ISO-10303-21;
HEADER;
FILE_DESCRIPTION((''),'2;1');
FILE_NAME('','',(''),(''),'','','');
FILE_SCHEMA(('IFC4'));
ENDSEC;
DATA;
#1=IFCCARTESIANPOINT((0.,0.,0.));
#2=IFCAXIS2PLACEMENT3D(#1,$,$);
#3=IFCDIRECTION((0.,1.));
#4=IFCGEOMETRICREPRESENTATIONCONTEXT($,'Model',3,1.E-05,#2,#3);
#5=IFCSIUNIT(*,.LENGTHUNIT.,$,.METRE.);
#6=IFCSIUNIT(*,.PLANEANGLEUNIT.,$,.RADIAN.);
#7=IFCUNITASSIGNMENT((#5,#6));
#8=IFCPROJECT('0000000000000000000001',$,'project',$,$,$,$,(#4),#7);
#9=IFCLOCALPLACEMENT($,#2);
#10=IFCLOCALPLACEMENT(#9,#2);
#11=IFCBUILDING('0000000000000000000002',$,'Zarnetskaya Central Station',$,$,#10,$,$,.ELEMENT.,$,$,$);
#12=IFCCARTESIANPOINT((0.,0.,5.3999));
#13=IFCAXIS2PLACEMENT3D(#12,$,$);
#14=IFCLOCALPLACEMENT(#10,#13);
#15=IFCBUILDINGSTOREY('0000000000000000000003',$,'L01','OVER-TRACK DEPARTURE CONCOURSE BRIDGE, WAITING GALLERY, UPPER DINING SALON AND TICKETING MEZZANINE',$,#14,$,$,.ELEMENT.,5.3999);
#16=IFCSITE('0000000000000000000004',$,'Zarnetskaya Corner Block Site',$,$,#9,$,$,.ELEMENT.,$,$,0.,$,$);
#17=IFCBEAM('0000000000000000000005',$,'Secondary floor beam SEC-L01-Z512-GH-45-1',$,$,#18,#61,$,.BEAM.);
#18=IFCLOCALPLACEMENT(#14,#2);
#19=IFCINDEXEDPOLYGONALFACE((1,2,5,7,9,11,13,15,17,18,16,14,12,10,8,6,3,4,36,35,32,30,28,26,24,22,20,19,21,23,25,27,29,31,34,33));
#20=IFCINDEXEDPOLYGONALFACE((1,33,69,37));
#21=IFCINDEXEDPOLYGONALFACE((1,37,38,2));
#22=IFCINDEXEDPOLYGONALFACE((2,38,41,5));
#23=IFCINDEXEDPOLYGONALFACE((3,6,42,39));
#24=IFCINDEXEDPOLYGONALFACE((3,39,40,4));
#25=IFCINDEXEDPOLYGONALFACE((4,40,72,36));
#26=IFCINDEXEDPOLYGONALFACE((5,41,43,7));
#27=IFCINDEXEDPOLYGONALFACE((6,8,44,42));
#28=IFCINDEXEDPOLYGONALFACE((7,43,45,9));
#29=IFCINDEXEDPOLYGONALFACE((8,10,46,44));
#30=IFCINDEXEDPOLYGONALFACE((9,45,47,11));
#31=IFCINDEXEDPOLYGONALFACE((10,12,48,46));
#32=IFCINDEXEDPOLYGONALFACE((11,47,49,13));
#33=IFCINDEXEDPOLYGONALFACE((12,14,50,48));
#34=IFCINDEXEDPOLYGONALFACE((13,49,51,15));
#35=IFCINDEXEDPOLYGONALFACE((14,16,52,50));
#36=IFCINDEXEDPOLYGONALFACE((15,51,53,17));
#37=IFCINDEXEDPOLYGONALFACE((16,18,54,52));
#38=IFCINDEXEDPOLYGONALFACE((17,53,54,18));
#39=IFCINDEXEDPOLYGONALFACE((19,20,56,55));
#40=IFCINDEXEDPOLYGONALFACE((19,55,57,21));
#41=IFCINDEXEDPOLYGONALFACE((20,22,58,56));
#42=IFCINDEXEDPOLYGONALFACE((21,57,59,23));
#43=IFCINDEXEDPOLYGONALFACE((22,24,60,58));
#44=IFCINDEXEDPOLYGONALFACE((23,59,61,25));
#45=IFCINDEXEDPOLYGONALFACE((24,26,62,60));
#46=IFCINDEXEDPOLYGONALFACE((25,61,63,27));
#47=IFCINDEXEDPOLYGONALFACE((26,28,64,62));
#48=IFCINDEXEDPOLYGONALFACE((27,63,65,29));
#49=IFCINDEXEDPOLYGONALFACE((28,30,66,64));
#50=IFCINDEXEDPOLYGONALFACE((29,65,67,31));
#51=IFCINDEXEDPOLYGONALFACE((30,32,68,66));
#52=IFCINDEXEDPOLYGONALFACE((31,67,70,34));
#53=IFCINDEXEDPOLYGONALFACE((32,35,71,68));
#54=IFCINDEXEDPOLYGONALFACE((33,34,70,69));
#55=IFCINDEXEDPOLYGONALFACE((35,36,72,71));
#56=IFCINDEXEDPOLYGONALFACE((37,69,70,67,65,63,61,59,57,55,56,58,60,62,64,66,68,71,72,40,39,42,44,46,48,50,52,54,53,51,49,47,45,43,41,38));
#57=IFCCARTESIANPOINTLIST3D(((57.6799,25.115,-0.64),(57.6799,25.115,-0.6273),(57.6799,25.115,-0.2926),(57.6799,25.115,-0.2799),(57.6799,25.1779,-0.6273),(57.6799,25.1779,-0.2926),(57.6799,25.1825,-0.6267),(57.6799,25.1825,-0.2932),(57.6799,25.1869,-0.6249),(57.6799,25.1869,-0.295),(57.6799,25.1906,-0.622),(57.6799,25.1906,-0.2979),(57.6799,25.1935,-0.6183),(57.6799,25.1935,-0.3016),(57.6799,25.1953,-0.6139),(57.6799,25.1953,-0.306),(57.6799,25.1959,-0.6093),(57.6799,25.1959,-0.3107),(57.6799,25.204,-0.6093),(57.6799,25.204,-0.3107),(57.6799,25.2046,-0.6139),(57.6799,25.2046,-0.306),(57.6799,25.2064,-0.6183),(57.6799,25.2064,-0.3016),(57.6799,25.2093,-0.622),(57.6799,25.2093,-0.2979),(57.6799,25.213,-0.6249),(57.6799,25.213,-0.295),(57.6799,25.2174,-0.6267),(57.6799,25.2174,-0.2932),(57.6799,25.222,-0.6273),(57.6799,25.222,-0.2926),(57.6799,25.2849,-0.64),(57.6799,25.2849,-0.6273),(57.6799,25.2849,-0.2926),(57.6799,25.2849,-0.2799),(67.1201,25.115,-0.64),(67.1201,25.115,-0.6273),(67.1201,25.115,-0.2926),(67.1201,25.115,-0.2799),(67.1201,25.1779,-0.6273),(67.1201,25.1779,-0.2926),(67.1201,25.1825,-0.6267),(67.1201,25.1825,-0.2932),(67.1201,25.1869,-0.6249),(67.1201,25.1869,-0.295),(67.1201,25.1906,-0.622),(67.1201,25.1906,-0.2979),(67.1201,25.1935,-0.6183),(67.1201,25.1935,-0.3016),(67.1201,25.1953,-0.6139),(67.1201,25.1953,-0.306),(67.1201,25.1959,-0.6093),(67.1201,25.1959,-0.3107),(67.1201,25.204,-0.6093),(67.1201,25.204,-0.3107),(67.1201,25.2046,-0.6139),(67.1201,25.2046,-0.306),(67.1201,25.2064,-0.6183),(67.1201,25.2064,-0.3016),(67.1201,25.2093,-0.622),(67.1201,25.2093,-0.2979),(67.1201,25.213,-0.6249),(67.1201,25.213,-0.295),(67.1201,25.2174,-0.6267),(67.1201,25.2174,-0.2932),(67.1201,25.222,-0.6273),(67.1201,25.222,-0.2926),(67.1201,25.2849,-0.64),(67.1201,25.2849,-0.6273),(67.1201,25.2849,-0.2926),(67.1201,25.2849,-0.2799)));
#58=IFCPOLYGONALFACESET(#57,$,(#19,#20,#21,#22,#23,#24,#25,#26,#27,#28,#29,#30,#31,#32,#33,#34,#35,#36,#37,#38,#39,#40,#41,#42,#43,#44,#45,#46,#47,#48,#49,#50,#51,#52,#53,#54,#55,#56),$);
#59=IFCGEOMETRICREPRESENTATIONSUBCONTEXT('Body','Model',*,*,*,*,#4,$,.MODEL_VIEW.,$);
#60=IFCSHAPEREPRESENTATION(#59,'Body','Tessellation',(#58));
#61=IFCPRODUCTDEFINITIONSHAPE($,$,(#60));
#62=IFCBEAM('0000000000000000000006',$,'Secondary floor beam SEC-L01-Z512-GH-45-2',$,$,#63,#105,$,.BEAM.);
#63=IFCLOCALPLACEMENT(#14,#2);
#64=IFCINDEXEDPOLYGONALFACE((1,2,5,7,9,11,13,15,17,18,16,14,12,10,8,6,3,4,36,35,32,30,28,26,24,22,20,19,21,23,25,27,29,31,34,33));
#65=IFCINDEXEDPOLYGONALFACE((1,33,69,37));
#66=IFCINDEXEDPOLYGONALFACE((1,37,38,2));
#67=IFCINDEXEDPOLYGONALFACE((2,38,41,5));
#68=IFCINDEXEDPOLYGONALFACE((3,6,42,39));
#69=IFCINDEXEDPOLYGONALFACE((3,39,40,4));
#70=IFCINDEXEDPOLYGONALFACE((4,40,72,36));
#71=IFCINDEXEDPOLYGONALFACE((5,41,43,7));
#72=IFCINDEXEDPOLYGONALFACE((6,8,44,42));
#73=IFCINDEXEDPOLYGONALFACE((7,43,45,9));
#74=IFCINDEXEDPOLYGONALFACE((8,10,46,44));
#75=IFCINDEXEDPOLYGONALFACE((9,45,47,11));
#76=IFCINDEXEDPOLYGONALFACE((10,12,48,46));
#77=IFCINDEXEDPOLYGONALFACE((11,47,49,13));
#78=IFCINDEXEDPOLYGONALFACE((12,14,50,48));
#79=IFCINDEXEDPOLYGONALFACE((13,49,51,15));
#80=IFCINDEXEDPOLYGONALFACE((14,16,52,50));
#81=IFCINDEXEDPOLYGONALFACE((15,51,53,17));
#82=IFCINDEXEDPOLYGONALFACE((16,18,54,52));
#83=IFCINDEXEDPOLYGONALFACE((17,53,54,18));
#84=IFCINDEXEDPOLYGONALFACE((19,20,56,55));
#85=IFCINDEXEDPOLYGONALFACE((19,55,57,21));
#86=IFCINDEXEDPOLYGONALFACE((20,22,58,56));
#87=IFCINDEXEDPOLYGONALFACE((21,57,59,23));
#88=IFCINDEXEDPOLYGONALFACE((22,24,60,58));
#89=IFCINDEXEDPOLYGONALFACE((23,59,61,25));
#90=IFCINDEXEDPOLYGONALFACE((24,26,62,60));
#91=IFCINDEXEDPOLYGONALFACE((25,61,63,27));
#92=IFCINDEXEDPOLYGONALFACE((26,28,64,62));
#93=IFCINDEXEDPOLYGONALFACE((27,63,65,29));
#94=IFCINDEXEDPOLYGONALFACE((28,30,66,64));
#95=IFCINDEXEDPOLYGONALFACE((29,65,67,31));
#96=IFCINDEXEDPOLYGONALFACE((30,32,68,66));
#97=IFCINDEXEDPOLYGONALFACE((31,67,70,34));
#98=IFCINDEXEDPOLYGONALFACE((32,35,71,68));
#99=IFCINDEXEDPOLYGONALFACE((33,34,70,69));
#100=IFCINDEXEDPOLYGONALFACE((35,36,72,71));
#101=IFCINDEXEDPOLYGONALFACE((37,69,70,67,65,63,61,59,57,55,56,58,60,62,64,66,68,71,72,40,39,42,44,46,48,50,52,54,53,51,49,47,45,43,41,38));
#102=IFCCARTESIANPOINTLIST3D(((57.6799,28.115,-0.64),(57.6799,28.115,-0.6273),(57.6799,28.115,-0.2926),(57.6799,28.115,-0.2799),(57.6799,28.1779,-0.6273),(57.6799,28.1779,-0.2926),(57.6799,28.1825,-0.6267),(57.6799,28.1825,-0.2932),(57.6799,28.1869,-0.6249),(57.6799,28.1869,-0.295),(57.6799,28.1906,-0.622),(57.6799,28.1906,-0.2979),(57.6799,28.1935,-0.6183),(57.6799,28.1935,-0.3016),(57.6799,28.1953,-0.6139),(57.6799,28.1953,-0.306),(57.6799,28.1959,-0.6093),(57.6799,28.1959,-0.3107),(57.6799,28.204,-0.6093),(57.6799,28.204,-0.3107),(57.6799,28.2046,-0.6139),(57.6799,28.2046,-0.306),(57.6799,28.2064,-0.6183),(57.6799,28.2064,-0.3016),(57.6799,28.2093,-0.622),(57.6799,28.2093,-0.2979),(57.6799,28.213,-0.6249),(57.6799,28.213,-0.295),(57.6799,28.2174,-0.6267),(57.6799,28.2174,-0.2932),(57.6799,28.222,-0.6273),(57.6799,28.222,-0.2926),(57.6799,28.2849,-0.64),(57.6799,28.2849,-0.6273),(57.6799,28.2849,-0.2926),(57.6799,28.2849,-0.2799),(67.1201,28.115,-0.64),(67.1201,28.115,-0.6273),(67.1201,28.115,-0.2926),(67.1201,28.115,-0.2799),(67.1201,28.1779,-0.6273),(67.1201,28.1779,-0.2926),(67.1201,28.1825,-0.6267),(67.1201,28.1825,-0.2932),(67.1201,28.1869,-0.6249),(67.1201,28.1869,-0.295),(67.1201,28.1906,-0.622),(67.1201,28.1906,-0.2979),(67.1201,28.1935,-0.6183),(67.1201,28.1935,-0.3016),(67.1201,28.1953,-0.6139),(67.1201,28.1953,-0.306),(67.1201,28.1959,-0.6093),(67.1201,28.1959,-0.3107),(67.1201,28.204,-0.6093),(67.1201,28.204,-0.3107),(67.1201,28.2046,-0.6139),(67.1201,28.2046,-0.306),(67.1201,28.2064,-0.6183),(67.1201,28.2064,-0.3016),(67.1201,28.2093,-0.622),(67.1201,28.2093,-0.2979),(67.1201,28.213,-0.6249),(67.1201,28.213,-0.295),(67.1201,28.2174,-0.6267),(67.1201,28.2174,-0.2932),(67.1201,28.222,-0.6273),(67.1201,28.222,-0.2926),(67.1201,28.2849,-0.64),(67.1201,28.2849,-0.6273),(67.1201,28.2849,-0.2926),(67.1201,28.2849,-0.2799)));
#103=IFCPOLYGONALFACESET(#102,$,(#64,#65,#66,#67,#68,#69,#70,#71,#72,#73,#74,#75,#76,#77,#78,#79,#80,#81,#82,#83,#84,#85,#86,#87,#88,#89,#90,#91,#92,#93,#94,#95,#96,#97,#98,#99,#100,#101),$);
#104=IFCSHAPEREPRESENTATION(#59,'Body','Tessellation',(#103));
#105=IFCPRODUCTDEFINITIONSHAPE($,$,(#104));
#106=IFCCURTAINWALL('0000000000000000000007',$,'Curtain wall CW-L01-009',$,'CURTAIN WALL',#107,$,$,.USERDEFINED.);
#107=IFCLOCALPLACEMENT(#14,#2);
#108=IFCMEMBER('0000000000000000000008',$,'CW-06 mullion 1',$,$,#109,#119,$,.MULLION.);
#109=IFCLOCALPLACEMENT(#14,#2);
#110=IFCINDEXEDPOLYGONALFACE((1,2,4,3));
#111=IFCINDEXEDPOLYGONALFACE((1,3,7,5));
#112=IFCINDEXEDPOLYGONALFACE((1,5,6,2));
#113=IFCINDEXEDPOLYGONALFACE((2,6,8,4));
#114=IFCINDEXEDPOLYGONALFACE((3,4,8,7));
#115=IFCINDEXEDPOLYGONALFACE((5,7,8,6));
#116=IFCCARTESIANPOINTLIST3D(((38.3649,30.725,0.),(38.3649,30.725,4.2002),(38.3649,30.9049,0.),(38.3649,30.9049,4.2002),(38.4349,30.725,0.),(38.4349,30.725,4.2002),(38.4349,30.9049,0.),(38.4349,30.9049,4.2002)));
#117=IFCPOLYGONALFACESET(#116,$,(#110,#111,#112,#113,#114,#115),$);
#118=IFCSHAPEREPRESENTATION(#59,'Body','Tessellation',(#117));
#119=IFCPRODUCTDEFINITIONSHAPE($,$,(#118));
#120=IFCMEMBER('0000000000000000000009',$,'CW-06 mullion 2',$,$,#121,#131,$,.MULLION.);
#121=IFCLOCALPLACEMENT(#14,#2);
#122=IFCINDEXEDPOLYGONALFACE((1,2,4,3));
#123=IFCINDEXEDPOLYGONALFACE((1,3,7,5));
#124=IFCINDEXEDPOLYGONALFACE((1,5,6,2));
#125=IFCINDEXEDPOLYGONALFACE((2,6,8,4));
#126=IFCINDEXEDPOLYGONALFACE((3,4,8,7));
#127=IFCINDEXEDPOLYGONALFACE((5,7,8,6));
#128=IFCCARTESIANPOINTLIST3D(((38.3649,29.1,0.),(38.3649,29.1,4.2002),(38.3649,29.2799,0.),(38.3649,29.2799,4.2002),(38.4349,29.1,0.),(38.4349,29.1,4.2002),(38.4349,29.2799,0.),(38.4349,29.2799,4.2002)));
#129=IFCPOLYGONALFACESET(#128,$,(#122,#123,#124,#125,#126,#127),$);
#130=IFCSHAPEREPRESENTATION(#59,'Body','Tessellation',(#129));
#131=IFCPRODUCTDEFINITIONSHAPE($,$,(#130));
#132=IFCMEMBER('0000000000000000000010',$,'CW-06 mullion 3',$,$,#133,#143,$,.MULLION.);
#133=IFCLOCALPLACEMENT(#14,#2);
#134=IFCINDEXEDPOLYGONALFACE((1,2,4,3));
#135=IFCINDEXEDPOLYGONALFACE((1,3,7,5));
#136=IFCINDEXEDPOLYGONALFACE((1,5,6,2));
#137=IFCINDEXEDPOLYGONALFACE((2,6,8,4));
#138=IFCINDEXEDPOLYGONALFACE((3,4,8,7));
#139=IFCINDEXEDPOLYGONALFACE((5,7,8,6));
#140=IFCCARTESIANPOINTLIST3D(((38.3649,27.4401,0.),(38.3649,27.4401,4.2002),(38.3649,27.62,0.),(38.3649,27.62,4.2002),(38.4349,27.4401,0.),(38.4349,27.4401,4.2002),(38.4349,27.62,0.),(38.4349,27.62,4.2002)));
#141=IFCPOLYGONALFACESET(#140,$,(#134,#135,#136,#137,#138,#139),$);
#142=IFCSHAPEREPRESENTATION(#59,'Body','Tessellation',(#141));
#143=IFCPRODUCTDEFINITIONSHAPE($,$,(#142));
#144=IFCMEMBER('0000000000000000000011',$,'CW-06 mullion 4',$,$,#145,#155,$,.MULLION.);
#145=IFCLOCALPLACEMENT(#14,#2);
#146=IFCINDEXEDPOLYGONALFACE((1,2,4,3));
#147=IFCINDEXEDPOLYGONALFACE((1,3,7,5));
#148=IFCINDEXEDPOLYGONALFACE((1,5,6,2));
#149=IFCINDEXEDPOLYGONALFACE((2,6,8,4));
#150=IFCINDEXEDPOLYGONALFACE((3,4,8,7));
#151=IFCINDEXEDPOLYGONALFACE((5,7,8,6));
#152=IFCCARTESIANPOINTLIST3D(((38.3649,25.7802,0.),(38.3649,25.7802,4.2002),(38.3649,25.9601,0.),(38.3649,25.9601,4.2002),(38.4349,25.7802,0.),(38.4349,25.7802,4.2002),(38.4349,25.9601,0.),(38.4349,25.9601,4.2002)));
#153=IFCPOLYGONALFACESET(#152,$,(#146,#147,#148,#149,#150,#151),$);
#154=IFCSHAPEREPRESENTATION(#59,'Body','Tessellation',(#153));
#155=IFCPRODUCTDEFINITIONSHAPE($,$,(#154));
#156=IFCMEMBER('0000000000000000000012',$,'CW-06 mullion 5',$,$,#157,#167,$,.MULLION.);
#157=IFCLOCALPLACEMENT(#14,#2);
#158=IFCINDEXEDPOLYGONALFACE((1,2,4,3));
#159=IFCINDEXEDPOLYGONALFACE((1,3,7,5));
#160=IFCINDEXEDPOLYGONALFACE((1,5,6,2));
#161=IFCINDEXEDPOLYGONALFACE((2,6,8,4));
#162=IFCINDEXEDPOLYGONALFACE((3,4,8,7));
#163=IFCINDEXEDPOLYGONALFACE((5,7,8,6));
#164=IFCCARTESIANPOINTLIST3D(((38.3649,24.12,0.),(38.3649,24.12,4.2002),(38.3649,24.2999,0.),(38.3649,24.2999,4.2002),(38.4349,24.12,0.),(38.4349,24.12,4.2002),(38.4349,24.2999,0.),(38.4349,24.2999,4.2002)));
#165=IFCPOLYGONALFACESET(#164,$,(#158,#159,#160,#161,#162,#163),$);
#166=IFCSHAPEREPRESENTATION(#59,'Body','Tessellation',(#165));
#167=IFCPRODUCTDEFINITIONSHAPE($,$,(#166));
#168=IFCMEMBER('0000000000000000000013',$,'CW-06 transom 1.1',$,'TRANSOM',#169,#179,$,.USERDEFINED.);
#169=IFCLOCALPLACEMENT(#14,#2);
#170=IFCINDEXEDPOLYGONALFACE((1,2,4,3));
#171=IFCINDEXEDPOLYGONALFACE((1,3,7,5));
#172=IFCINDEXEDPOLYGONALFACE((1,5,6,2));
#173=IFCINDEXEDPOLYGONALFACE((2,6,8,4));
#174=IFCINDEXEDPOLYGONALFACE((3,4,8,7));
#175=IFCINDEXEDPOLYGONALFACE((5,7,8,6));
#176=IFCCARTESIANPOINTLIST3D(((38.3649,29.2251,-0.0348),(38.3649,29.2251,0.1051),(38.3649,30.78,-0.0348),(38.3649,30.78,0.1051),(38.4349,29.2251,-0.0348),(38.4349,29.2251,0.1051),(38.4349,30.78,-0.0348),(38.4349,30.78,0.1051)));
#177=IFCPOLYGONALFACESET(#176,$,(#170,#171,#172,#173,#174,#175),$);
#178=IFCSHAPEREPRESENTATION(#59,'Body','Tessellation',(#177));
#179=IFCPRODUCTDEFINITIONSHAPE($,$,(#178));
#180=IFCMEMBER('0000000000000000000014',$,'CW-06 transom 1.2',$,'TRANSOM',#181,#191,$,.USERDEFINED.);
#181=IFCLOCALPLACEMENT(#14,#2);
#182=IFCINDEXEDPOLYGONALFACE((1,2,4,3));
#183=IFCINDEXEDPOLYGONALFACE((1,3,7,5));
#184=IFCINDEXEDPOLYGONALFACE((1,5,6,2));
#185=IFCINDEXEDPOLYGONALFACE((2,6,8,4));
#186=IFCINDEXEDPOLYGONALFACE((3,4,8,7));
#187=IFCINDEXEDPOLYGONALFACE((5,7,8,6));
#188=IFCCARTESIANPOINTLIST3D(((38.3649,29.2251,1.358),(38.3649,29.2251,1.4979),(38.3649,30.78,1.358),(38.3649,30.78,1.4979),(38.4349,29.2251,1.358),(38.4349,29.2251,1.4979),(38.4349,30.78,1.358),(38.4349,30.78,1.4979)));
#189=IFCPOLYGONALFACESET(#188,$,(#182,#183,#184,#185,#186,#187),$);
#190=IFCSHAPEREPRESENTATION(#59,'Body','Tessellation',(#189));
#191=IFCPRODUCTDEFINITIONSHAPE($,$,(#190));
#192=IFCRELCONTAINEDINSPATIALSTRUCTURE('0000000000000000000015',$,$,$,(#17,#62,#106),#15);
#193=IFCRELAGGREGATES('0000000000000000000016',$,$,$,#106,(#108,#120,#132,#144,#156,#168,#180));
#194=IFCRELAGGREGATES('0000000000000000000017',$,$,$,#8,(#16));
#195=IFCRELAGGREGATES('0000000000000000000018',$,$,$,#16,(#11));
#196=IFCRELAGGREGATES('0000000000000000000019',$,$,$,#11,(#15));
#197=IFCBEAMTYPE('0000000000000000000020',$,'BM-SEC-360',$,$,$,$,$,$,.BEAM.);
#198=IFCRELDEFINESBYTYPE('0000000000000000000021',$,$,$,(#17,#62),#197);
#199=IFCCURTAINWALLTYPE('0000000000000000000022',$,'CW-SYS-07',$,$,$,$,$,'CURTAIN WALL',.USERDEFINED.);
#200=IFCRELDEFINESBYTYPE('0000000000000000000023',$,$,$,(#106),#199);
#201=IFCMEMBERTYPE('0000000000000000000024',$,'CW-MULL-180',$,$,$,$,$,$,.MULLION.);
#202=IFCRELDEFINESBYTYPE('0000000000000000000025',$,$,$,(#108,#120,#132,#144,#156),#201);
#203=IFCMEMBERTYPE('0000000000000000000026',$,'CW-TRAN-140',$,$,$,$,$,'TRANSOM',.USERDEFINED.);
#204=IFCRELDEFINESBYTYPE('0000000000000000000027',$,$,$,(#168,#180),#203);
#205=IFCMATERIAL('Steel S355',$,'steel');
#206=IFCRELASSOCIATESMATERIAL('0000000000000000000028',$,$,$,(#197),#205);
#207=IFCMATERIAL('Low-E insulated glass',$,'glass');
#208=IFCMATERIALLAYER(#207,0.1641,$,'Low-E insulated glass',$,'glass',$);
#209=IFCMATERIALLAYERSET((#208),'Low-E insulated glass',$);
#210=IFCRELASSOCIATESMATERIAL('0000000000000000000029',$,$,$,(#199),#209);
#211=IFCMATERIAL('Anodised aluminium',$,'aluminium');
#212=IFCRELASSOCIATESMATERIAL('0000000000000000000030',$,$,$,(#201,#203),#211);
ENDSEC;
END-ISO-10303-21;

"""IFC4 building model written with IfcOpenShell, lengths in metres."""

from ifc_helpers import new_model, si_unit, direction, frame, origin, origin_2d, place, context, subcontext, project, spatial, rectangle, i_section, extrude, material, layer, layer_set, material_profile, profile_set, type_object, element, aggregate, save


model = new_model("IFC4")

# Units and contexts
model_context = context("Model", 3, precision=1e-05, world=origin(), true_north=direction((0.0, 1.0)))
body_context = subcontext(model_context, "Body", "Model", "MODEL_VIEW")
ifc_project = project(units=[si_unit("LENGTHUNIT", "METRE"), si_unit("PLANEANGLEUNIT", "RADIAN")], contexts=[model_context])

# Site, building, storey
site_placement = place(None, origin())
site = spatial("IfcSite", under=ifc_project, at=site_placement, Name="Zarnetskaya Corner Block Site", CompositionType="ELEMENT", RefElevation=0.0)
building_placement = place(site_placement, origin())
building = spatial("IfcBuilding", under=site, at=building_placement, Name="Zarnetskaya Central Station", CompositionType="ELEMENT")
storey_placement = place(building_placement, frame((0.0, 0.0, 5.3999)))
storey = spatial("IfcBuildingStorey", under=building, at=storey_placement, Name="L01", Description="OVER-TRACK DEPARTURE CONCOURSE BRIDGE, WAITING GALLERY, UPPER DINING SALON AND TICKETING MEZZANINE", CompositionType="ELEMENT", Elevation=5.3999)

# Beams
ifc_material_1 = material(Name="Steel S355", Category="steel")
ifc_material_profile_1 = material_profile(ifc_material_1, i_section(OverallWidth=0.1699, OverallDepth=0.3601, WebThickness=0.0081, FlangeThickness=0.0127, FilletRadius=0.0181, at=origin_2d()), Name="IPE 360")
ifc_profile_set_1 = profile_set([ifc_material_profile_1], Name="Steel S355")
beam_type = type_object("IfcBeamType", Name="BM-SEC-360", PredefinedType="BEAM", material=ifc_profile_set_1)
for number, where, z_axis, x_axis, name in (
    (1, (57.6799, 25.2, -0.46), (1.0, 0.0, 0.0), (0.0, 1.0, 0.0), "Secondary floor beam SEC-L01-Z512-GH-45-1"),
    (2, (57.6799, 28.2, -0.46), (1.0, 0.0, 0.0), (0.0, 1.0, 0.0), "Secondary floor beam SEC-L01-Z512-GH-45-2"),
):
    element("IfcBeam", number, at=place(storey_placement, frame(where, z_axis=z_axis, x_axis=x_axis)), inside=storey, type_object=beam_type, Name=name, PredefinedType="BEAM", context=body_context, shape_type="SweptSolid", body=[
        extrude(i_section(OverallWidth=0.1699, OverallDepth=0.3601, WebThickness=0.0081, FlangeThickness=0.0127, FilletRadius=0.0181, at=origin_2d()), origin(), (0.0, 0.0, 1.0), 9.4402),
    ])

# Curtain wall, members
ifc_material_2 = material(Name="Low-E insulated glass", Category="glass")
ifc_layer_1 = layer(ifc_material_2, 0.1641, Name="Low-E insulated glass", Category="glass")
ifc_layer_set_1 = layer_set([ifc_layer_1], Name="Low-E insulated glass")
curtain_wall_type = type_object("IfcCurtainWallType", Name="CW-SYS-07", ElementType="CURTAIN WALL", PredefinedType="USERDEFINED", material=ifc_layer_set_1)
curtain_wall_placement = place(storey_placement, origin())
curtain_wall = element("IfcCurtainWall", 3, at=curtain_wall_placement, inside=storey, type_object=curtain_wall_type, Name="Curtain wall CW-L01-009", ObjectType="CURTAIN WALL", PredefinedType="USERDEFINED")
ifc_material_3 = material(Name="Anodised aluminium", Category="aluminium")
ifc_material_profile_2 = material_profile(ifc_material_3, rectangle(XDim=0.0701, YDim=0.1799, at=origin_2d()), Name="ALU MULL 70x180")
ifc_profile_set_2 = profile_set([ifc_material_profile_2], Name="Anodised aluminium")
member_type_1 = type_object("IfcMemberType", Name="CW-MULL-180", PredefinedType="MULLION", material=ifc_profile_set_2)
member_1_placement = place(storey_placement, frame((38.3999, 30.8149, 0.0), z_axis=(0.0, 0.0, 1.0), x_axis=(1.0, 0.0, 0.0)))
member_1 = element("IfcMember", 4, at=member_1_placement, type_object=member_type_1, Name="CW-06 mullion 1", PredefinedType="MULLION", context=body_context, shape_type="SweptSolid", body=[
    extrude(rectangle(XDim=0.0701, YDim=0.1799, at=origin_2d()), origin(), (0.0, 0.0, 1.0), 4.2002),
])
member_2_placement = place(storey_placement, frame((38.3999, 29.1899, 0.0), z_axis=(0.0, 0.0, 1.0), x_axis=(1.0, 0.0, 0.0)))
member_2 = element("IfcMember", 5, at=member_2_placement, type_object=member_type_1, Name="CW-06 mullion 2", PredefinedType="MULLION", context=body_context, shape_type="SweptSolid", body=[
    extrude(rectangle(XDim=0.0701, YDim=0.1799, at=origin_2d()), origin(), (0.0, 0.0, 1.0), 4.2002),
])
member_3_placement = place(storey_placement, frame((38.3999, 27.53, 0.0), z_axis=(0.0, 0.0, 1.0), x_axis=(1.0, 0.0, 0.0)))
member_3 = element("IfcMember", 6, at=member_3_placement, type_object=member_type_1, Name="CW-06 mullion 3", PredefinedType="MULLION", context=body_context, shape_type="SweptSolid", body=[
    extrude(rectangle(XDim=0.0701, YDim=0.1799, at=origin_2d()), origin(), (0.0, 0.0, 1.0), 4.2002),
])
member_4_placement = place(storey_placement, frame((38.3999, 25.8701, 0.0), z_axis=(0.0, 0.0, 1.0), x_axis=(1.0, 0.0, 0.0)))
member_4 = element("IfcMember", 7, at=member_4_placement, type_object=member_type_1, Name="CW-06 mullion 4", PredefinedType="MULLION", context=body_context, shape_type="SweptSolid", body=[
    extrude(rectangle(XDim=0.0701, YDim=0.1799, at=origin_2d()), origin(), (0.0, 0.0, 1.0), 4.2002),
])
member_5_placement = place(storey_placement, frame((38.3999, 24.21, 0.0), z_axis=(0.0, 0.0, 1.0), x_axis=(1.0, 0.0, 0.0)))
member_5 = element("IfcMember", 8, at=member_5_placement, type_object=member_type_1, Name="CW-06 mullion 5", PredefinedType="MULLION", context=body_context, shape_type="SweptSolid", body=[
    extrude(rectangle(XDim=0.0701, YDim=0.1799, at=origin_2d()), origin(), (0.0, 0.0, 1.0), 4.2002),
])
ifc_material_profile_3 = material_profile(ifc_material_3, rectangle(XDim=0.0701, YDim=0.1399, at=origin_2d()), Name="ALU TRAN 70x140")
ifc_profile_set_3 = profile_set([ifc_material_profile_3], Name="Anodised aluminium")
member_type_2 = type_object("IfcMemberType", Name="CW-TRAN-140", ElementType="TRANSOM", PredefinedType="USERDEFINED", material=ifc_profile_set_3)
member_6_placement = place(storey_placement, frame((38.3999, 30.78, 0.0352), z_axis=(0.0, -1.0, 0.0), x_axis=(1.0, 0.0, 0.0)))
member_6 = element("IfcMember", 9, at=member_6_placement, type_object=member_type_2, Name="CW-06 transom 1.1", ObjectType="TRANSOM", PredefinedType="USERDEFINED", context=body_context, shape_type="SweptSolid", body=[
    extrude(rectangle(XDim=0.0701, YDim=0.1399, at=origin_2d()), origin(), (0.0, 0.0, 1.0), 1.5549),
])
member_7_placement = place(storey_placement, frame((38.3999, 30.78, 1.428), z_axis=(0.0, -1.0, 0.0), x_axis=(1.0, 0.0, 0.0)))
member_7 = element("IfcMember", 10, at=member_7_placement, type_object=member_type_2, Name="CW-06 transom 1.2", ObjectType="TRANSOM", PredefinedType="USERDEFINED", context=body_context, shape_type="SweptSolid", body=[
    extrude(rectangle(XDim=0.0701, YDim=0.1399, at=origin_2d()), origin(), (0.0, 0.0, 1.0), 1.5549),
])
aggregate(curtain_wall, [member_1, member_2, member_3, member_4, member_5, member_6, member_7])

save(model, "model.ifc")
